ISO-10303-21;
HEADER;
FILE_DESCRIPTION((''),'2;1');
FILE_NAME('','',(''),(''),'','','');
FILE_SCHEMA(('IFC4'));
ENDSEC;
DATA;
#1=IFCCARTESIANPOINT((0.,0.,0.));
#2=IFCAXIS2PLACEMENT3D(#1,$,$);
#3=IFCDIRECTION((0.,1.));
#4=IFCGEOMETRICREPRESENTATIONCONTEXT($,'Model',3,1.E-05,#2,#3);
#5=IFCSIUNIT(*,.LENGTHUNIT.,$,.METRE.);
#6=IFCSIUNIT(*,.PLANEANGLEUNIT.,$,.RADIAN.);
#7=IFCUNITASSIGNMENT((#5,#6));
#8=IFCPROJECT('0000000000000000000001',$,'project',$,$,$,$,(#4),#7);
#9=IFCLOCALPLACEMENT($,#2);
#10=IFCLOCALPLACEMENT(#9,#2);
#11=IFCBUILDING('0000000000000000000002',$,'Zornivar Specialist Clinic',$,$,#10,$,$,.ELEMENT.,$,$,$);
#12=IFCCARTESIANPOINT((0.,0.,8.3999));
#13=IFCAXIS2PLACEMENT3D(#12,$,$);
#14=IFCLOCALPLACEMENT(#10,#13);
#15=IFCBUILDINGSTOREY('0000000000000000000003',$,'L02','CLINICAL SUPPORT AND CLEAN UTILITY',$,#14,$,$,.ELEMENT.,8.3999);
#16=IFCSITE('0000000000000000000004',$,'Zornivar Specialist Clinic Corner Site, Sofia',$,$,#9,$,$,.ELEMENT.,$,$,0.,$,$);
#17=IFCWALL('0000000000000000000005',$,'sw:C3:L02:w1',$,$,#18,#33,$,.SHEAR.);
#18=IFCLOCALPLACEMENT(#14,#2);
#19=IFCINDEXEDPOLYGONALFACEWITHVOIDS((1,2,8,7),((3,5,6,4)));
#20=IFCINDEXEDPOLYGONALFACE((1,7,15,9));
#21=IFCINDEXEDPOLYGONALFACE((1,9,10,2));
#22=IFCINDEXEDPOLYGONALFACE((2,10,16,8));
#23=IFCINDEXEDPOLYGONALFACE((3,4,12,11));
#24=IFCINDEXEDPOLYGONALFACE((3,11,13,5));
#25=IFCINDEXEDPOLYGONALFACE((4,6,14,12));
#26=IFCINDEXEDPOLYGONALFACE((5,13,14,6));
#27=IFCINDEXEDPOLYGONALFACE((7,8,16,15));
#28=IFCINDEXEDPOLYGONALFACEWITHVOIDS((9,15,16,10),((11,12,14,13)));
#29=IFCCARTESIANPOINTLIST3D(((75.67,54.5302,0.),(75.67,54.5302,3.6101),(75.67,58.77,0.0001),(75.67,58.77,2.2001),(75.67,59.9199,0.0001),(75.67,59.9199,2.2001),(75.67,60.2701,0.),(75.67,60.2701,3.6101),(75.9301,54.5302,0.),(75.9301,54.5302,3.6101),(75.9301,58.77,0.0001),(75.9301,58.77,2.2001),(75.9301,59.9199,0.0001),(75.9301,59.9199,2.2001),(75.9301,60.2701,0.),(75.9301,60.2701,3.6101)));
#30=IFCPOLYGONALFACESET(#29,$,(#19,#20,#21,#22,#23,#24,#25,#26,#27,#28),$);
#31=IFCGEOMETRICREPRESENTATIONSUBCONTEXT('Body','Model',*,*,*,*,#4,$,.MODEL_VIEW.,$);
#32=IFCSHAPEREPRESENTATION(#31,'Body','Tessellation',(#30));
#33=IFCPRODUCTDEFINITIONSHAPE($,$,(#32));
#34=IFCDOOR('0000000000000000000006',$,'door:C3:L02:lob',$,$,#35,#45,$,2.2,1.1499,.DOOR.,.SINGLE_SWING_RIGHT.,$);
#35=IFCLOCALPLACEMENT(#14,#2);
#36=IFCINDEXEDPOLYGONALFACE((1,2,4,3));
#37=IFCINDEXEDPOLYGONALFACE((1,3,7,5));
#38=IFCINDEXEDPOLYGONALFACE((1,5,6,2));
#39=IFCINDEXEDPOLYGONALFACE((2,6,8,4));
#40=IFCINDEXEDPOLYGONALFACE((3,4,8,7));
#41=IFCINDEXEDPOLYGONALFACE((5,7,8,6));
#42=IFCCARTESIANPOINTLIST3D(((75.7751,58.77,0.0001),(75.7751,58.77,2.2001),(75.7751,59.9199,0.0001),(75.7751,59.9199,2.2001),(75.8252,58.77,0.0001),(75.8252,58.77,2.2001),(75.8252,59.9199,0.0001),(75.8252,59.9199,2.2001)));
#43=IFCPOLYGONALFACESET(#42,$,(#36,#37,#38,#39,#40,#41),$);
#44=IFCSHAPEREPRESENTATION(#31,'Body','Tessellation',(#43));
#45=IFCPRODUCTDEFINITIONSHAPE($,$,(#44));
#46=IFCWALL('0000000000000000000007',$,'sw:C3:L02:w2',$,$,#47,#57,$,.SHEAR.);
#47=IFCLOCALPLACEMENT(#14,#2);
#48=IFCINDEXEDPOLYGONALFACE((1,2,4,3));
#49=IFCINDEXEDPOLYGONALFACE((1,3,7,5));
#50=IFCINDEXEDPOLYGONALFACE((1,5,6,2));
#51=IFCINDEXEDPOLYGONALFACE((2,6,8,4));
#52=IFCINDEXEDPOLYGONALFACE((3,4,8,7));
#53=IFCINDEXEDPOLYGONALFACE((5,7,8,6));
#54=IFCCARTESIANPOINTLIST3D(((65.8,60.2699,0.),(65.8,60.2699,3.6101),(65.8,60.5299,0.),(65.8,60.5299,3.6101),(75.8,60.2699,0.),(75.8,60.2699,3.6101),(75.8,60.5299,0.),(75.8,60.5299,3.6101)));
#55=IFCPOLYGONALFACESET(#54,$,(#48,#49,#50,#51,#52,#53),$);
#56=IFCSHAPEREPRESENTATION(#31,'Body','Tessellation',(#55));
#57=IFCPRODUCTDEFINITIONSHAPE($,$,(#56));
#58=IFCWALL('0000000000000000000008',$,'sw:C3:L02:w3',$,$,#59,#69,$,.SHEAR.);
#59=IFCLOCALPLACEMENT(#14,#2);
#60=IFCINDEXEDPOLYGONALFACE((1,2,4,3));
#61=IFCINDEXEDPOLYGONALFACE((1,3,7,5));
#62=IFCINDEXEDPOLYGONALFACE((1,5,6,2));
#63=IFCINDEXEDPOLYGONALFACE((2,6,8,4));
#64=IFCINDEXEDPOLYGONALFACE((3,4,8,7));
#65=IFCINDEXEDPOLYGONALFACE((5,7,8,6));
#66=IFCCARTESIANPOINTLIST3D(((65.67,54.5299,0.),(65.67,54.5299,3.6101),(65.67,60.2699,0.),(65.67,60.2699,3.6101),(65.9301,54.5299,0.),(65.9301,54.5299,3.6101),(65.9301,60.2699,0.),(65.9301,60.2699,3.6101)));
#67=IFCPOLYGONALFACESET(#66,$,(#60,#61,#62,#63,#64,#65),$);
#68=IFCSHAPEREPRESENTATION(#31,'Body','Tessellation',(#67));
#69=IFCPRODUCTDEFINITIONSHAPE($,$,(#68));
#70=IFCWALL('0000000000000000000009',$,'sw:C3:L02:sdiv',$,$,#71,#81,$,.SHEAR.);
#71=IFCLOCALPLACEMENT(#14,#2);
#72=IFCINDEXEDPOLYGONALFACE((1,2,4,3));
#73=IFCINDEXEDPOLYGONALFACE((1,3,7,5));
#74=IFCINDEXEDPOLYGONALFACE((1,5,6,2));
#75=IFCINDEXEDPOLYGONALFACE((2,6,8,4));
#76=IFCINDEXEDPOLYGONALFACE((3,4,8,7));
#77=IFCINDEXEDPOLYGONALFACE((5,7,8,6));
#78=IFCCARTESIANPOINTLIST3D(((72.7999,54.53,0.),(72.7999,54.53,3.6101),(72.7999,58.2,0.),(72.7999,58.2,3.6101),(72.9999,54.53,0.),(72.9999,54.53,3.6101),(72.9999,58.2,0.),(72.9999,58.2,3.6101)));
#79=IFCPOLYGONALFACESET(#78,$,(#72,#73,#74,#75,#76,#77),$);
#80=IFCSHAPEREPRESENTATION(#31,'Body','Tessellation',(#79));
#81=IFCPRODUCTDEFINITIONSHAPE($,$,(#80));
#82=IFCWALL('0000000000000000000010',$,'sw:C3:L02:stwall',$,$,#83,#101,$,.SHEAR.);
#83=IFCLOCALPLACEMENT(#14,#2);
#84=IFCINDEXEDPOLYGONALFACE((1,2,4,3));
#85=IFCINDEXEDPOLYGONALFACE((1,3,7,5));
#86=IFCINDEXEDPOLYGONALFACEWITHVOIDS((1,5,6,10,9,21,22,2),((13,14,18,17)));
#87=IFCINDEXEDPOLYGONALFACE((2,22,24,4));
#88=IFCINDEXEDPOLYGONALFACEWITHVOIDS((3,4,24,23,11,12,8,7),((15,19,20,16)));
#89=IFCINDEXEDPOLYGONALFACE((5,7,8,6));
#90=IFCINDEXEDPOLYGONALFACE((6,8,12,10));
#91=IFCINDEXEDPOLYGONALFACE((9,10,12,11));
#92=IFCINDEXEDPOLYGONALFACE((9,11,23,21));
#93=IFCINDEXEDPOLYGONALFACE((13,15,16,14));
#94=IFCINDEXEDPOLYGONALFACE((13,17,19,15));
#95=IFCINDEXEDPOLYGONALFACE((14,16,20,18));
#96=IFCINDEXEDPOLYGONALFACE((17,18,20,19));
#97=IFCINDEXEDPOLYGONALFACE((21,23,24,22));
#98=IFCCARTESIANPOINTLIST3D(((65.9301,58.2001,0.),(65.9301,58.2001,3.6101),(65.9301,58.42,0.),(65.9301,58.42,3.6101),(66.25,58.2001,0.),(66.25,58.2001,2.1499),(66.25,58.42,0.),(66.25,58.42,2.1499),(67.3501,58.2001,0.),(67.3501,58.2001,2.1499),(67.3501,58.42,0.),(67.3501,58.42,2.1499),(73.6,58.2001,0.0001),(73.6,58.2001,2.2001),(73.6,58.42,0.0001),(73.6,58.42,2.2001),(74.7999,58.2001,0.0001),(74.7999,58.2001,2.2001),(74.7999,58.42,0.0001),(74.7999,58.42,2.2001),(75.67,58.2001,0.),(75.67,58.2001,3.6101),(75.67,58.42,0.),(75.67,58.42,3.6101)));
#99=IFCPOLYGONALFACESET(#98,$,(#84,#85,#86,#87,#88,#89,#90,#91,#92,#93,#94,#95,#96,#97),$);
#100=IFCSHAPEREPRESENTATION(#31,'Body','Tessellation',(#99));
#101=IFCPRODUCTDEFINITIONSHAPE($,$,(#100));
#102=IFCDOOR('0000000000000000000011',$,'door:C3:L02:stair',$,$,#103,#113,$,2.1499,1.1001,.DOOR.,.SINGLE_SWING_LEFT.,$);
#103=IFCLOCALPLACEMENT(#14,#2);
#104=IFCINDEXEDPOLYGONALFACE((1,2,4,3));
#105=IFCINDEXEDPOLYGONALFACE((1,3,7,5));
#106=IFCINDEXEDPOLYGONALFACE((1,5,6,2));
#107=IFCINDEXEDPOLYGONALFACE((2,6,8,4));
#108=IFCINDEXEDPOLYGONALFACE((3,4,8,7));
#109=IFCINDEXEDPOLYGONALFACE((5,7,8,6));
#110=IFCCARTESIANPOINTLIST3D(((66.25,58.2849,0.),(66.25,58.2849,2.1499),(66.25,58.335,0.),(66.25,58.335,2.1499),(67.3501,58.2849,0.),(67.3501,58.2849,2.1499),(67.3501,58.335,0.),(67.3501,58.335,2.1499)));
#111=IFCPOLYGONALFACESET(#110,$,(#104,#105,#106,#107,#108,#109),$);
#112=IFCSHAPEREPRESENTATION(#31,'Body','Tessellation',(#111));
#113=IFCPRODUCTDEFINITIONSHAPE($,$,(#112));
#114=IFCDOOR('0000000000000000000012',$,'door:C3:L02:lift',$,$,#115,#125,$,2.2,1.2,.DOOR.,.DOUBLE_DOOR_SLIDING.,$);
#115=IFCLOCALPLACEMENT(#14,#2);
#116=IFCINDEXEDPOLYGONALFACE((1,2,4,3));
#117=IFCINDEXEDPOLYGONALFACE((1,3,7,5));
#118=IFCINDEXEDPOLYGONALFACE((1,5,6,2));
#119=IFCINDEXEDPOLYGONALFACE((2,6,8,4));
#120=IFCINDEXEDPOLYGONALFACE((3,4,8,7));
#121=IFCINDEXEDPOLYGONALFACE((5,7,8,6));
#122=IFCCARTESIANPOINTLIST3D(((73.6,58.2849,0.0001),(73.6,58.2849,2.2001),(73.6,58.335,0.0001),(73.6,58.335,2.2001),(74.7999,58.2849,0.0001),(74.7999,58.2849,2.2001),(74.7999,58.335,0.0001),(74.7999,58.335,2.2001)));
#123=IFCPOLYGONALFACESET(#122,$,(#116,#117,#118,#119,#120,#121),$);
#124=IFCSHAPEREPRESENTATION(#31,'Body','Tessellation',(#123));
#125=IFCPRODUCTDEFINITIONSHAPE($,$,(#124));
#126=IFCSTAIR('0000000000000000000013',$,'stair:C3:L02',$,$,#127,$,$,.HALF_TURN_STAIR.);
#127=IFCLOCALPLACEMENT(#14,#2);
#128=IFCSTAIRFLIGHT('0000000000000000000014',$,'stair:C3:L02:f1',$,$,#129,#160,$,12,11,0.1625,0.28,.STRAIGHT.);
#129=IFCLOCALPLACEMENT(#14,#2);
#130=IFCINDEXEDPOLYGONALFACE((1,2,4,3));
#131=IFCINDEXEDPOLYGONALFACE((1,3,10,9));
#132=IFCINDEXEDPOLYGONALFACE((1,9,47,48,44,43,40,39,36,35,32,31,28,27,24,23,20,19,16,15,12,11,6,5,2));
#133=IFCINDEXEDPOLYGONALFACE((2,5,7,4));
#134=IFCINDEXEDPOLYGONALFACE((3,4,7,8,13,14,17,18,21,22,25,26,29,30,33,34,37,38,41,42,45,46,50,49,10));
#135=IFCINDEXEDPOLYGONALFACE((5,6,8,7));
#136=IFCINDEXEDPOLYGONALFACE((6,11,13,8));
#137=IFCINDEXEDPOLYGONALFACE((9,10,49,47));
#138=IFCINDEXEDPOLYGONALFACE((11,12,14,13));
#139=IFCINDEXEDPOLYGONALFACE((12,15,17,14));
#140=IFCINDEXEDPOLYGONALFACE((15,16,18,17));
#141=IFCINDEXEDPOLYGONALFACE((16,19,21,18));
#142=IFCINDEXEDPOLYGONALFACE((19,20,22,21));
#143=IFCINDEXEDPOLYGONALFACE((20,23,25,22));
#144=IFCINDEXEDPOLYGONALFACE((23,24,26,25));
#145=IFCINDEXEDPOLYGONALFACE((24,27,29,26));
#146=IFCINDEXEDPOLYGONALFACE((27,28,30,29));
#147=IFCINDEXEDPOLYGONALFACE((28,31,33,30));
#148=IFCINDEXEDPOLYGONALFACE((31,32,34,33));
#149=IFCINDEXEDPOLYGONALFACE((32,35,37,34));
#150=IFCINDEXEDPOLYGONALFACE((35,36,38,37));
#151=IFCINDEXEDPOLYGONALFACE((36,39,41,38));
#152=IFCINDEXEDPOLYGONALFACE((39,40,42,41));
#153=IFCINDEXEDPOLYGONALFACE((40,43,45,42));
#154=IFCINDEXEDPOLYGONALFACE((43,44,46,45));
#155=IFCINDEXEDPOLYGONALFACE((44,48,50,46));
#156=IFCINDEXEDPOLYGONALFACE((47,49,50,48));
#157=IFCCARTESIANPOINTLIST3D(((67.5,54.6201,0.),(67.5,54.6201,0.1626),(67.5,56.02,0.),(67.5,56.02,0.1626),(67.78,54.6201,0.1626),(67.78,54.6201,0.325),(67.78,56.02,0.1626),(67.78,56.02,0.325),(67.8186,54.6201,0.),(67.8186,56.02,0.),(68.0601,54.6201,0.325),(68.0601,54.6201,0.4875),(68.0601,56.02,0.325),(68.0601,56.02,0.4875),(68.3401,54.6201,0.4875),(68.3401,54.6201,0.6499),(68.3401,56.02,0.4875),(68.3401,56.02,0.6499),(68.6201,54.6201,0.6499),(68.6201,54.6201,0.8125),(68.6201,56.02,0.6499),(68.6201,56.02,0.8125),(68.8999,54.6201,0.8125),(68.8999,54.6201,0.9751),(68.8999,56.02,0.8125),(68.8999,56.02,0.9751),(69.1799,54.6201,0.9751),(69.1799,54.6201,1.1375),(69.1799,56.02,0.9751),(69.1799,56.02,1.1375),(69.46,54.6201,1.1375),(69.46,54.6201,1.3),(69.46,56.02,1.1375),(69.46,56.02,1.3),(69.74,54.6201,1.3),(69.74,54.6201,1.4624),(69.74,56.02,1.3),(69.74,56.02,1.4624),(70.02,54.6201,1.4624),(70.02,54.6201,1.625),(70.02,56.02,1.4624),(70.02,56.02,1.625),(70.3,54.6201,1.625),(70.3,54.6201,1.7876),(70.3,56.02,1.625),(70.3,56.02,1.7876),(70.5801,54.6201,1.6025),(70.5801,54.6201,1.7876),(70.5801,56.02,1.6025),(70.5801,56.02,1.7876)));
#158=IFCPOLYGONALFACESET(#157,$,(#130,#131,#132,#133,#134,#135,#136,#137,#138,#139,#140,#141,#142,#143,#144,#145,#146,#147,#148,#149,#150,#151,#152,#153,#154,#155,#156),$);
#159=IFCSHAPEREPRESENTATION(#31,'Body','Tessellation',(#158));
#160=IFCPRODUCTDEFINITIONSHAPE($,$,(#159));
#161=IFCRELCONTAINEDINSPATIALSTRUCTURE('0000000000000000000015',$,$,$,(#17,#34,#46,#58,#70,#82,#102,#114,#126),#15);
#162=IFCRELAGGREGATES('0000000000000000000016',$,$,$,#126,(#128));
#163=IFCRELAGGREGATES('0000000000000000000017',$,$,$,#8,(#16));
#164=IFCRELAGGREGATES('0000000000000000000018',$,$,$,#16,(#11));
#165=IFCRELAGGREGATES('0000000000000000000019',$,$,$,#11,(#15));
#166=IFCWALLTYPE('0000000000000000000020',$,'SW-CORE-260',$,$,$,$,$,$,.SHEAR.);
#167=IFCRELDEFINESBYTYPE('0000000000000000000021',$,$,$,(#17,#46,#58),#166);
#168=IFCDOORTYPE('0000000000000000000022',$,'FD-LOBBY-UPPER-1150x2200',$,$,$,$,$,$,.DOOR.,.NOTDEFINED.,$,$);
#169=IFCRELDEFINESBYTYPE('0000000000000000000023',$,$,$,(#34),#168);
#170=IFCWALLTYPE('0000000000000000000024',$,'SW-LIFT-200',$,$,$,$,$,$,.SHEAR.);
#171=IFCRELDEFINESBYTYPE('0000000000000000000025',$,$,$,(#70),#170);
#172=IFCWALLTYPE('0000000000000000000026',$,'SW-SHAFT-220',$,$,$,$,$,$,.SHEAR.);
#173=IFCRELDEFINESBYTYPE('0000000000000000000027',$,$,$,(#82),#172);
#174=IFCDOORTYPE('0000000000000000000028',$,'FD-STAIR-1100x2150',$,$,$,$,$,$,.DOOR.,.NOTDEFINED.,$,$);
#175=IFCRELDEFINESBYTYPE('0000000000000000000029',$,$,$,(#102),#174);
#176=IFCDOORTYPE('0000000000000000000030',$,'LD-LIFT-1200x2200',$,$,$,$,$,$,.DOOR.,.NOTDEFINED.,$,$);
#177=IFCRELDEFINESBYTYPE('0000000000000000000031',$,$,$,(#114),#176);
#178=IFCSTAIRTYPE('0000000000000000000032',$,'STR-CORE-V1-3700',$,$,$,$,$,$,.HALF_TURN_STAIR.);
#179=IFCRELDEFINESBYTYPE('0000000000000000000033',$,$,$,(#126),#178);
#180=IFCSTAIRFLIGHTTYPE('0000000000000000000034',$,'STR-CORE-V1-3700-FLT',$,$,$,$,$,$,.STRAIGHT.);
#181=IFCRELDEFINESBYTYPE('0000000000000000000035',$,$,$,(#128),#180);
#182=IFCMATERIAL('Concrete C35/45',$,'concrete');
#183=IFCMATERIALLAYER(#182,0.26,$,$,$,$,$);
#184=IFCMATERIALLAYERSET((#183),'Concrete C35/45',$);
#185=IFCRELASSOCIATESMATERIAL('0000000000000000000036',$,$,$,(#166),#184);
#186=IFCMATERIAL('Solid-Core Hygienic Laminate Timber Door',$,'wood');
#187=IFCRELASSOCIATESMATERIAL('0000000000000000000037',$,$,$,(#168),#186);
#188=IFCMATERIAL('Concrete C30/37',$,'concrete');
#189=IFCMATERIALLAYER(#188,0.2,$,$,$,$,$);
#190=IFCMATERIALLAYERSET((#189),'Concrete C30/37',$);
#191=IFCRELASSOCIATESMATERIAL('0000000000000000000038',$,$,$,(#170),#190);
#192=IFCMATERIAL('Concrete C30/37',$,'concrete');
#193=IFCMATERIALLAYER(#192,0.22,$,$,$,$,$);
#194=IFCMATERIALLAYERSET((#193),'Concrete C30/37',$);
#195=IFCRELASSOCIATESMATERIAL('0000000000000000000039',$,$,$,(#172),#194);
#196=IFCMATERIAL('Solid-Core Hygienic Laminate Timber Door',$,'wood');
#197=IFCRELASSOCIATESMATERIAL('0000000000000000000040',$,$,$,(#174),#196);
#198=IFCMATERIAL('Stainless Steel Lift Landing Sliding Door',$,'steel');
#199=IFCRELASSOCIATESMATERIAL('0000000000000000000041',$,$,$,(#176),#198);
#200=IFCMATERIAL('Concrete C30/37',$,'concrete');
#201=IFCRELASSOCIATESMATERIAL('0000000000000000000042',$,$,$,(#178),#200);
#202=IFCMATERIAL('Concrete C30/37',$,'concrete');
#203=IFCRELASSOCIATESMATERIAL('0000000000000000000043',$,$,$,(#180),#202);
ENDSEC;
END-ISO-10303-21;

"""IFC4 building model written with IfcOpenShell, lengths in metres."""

from ifc_helpers import new_model, si_unit, direction, frame, frame_2d, origin, place, context, subcontext, project, spatial, polyline, rectangle, outline, extrude, material, layer, layer_set, type_object, element, fill, aggregate, save


model = new_model("IFC4")

# Units and contexts
model_context = context("Model", 3, precision=1e-05, world=origin(), true_north=direction((0.0, 1.0)))
body_context = subcontext(model_context, "Body", "Model", "MODEL_VIEW")
ifc_project = project(units=[si_unit("LENGTHUNIT", "METRE"), si_unit("PLANEANGLEUNIT", "RADIAN")], contexts=[model_context])

# Site, building, storey
site_placement = place(None, origin())
site = spatial("IfcSite", under=ifc_project, at=site_placement, Name="Zornivar Specialist Clinic Corner Site, Sofia", CompositionType="ELEMENT", RefElevation=0.0)
building_placement = place(site_placement, origin())
building = spatial("IfcBuilding", under=site, at=building_placement, Name="Zornivar Specialist Clinic", CompositionType="ELEMENT")
storey_placement = place(building_placement, frame((0.0, 0.0, 8.3999)))
storey = spatial("IfcBuildingStorey", under=building, at=storey_placement, Name="L02", Description="CLINICAL SUPPORT AND CLEAN UTILITY", CompositionType="ELEMENT", Elevation=8.3999)

# Wall, opening, door
ifc_material_1 = material(Name="Concrete C35/45", Category="concrete")
ifc_layer_1 = layer(ifc_material_1, 0.26)
ifc_layer_set_1 = layer_set([ifc_layer_1], Name="Concrete C35/45")
wall_type_1 = type_object("IfcWallType", Name="SW-CORE-260", PredefinedType="SHEAR", material=ifc_layer_set_1)
wall_1_placement = place(storey_placement, frame((75.8, 54.53, 0.0), z_axis=(0.0, 0.0, 1.0), x_axis=(0.0, 1.0, 0.0)))
wall_1 = element("IfcWall", 1, at=wall_1_placement, inside=storey, type_object=wall_type_1, Name="sw:C3:L02:w1", PredefinedType="SHEAR", context=body_context, shape_type="SweptSolid", body=[
    extrude(rectangle(XDim=5.74, YDim=0.26, at=frame_2d((2.8701, 0.0))), origin(), (0.0, 0.0, 1.0), 3.6101),
])
opening_1_placement = place(wall_1_placement, frame((4.24, 0.0, 0.0)))
opening_1 = element("IfcOpeningElement", 2, at=opening_1_placement, cuts=wall_1, PredefinedType="OPENING", context=body_context, shape_type="SweptSolid", body=[
    extrude(rectangle(XDim=1.1499, YDim=2.2, at=frame_2d((0.575, 1.1001))), frame((0.0, 0.1399, 0.0), z_axis=(0.0, -1.0, 0.0), x_axis=(1.0, 0.0, 0.0)), (0.0, 0.0, 1.0), 0.28),
])
ifc_material_2 = material(Name="Solid-Core Hygienic Laminate Timber Door", Category="wood")
door_type_1 = type_object("IfcDoorType", Name="FD-LOBBY-UPPER-1150x2200", OperationType="NOTDEFINED", PredefinedType="DOOR", material=ifc_material_2)
door_1_placement = place(opening_1_placement, origin())
door_1 = element("IfcDoor", 3, at=door_1_placement, inside=storey, type_object=door_type_1, Name="door:C3:L02:lob", OperationType="SINGLE_SWING_RIGHT", OverallHeight=2.2, OverallWidth=1.1499, PredefinedType="DOOR", context=body_context, shape_type="SweptSolid", body=[
    extrude(rectangle(XDim=1.1499, YDim=2.2, at=frame_2d((0.575, 1.1001))), frame((0.0, 0.0249, 0.0), z_axis=(0.0, -1.0, 0.0), x_axis=(1.0, 0.0, 0.0)), (0.0, 0.0, 1.0), 0.05),
])
fill(opening_1, door_1)

# Walls
wall_2_placement = place(storey_placement, frame((75.8, 60.3999, 0.0), z_axis=(0.0, 0.0, 1.0), x_axis=(-1.0, 0.0, 0.0)))
element("IfcWall", 4, at=wall_2_placement, inside=storey, type_object=wall_type_1, Name="sw:C3:L02:w2", PredefinedType="SHEAR", context=body_context, shape_type="SweptSolid", body=[
    extrude(rectangle(XDim=10.0, YDim=0.26, at=frame_2d((5.0, 0.0))), origin(), (0.0, 0.0, 1.0), 3.6101),
])
wall_3_placement = place(storey_placement, frame((65.8, 60.27, 0.0), z_axis=(0.0, 0.0, 1.0), x_axis=(0.0, -1.0, 0.0)))
element("IfcWall", 5, at=wall_3_placement, inside=storey, type_object=wall_type_1, Name="sw:C3:L02:w3", PredefinedType="SHEAR", context=body_context, shape_type="SweptSolid", body=[
    extrude(rectangle(XDim=5.74, YDim=0.26, at=frame_2d((2.8701, 0.0))), origin(), (0.0, 0.0, 1.0), 3.6101),
])
ifc_material_3 = material(Name="Concrete C30/37", Category="concrete")
ifc_layer_2 = layer(ifc_material_3, 0.2)
ifc_layer_set_2 = layer_set([ifc_layer_2], Name="Concrete C30/37")
wall_type_2 = type_object("IfcWallType", Name="SW-LIFT-200", PredefinedType="SHEAR", material=ifc_layer_set_2)
wall_4_placement = place(storey_placement, frame((72.8999, 54.53, 0.0), z_axis=(0.0, 0.0, 1.0), x_axis=(0.0, 1.0, 0.0)))
element("IfcWall", 6, at=wall_4_placement, inside=storey, type_object=wall_type_2, Name="sw:C3:L02:sdiv", PredefinedType="SHEAR", context=body_context, shape_type="SweptSolid", body=[
    extrude(rectangle(XDim=3.6699, YDim=0.2, at=frame_2d((1.835, 0.0))), origin(), (0.0, 0.0, 1.0), 3.6101),
])

# Wall, openings, doors
ifc_material_4 = material(Name="Concrete C30/37", Category="concrete")
ifc_layer_3 = layer(ifc_material_4, 0.22)
ifc_layer_set_3 = layer_set([ifc_layer_3], Name="Concrete C30/37")
wall_type_3 = type_object("IfcWallType", Name="SW-SHAFT-220", PredefinedType="SHEAR", material=ifc_layer_set_3)
wall_5_placement = place(storey_placement, frame((65.9299, 58.3101, 0.0), z_axis=(0.0, 0.0, 1.0), x_axis=(1.0, 0.0, 0.0)))
wall_5 = element("IfcWall", 7, at=wall_5_placement, inside=storey, type_object=wall_type_3, Name="sw:C3:L02:stwall", PredefinedType="SHEAR", context=body_context, shape_type="SweptSolid", body=[
    extrude(rectangle(XDim=9.74, YDim=0.22, at=frame_2d((4.8701, 0.0))), origin(), (0.0, 0.0, 1.0), 3.6101),
])
opening_2_placement = place(wall_5_placement, frame((0.3201, 0.0, 0.0)))
opening_2 = element("IfcOpeningElement", 8, at=opening_2_placement, cuts=wall_5, PredefinedType="OPENING", context=body_context, shape_type="SweptSolid", body=[
    extrude(rectangle(XDim=1.1001, YDim=2.1499, at=frame_2d((0.55, 1.075))), frame((0.0, 0.1199, 0.0), z_axis=(0.0, -1.0, 0.0), x_axis=(1.0, 0.0, 0.0)), (0.0, 0.0, 1.0), 0.24),
])
opening_3_placement = place(wall_5_placement, frame((7.6699, 0.0, 0.0)))
opening_3 = element("IfcOpeningElement", 9, at=opening_3_placement, cuts=wall_5, PredefinedType="OPENING", context=body_context, shape_type="SweptSolid", body=[
    extrude(rectangle(XDim=1.2, YDim=2.2, at=frame_2d((0.6001, 1.1001))), frame((0.0, 0.1199, 0.0), z_axis=(0.0, -1.0, 0.0), x_axis=(1.0, 0.0, 0.0)), (0.0, 0.0, 1.0), 0.24),
])
ifc_material_5 = material(Name="Solid-Core Hygienic Laminate Timber Door", Category="wood")
door_type_2 = type_object("IfcDoorType", Name="FD-STAIR-1100x2150", OperationType="NOTDEFINED", PredefinedType="DOOR", material=ifc_material_5)
door_2_placement = place(opening_2_placement, origin())
door_2 = element("IfcDoor", 10, at=door_2_placement, inside=storey, type_object=door_type_2, Name="door:C3:L02:stair", OperationType="SINGLE_SWING_LEFT", OverallHeight=2.1499, OverallWidth=1.1001, PredefinedType="DOOR", context=body_context, shape_type="SweptSolid", body=[
    extrude(rectangle(XDim=1.1001, YDim=2.1499, at=frame_2d((0.55, 1.075))), frame((0.0, 0.0249, 0.0), z_axis=(0.0, -1.0, 0.0), x_axis=(1.0, 0.0, 0.0)), (0.0, 0.0, 1.0), 0.05),
])
fill(opening_2, door_2)
ifc_material_6 = material(Name="Stainless Steel Lift Landing Sliding Door", Category="steel")
door_type_3 = type_object("IfcDoorType", Name="LD-LIFT-1200x2200", OperationType="NOTDEFINED", PredefinedType="DOOR", material=ifc_material_6)
door_3_placement = place(opening_3_placement, origin())
door_3 = element("IfcDoor", 11, at=door_3_placement, inside=storey, type_object=door_type_3, Name="door:C3:L02:lift", OperationType="DOUBLE_DOOR_SLIDING", OverallHeight=2.2, OverallWidth=1.2, PredefinedType="DOOR", context=body_context, shape_type="SweptSolid", body=[
    extrude(rectangle(XDim=1.2, YDim=2.2, at=frame_2d((0.6001, 1.1001))), frame((0.0, 0.0249, 0.0), z_axis=(0.0, -1.0, 0.0), x_axis=(1.0, 0.0, 0.0)), (0.0, 0.0, 1.0), 0.05),
])
fill(opening_3, door_3)

# Stair, stair flight
ifc_material_7 = material(Name="Concrete C30/37", Category="concrete")
stair_type = type_object("IfcStairType", Name="STR-CORE-V1-3700", PredefinedType="HALF_TURN_STAIR", material=ifc_material_7)
stair_placement = place(storey_placement, origin())
stair = element("IfcStair", 12, at=stair_placement, inside=storey, type_object=stair_type, Name="stair:C3:L02", PredefinedType="HALF_TURN_STAIR")
ifc_material_8 = material(Name="Concrete C30/37", Category="concrete")
stair_flight_type = type_object("IfcStairFlightType", Name="STR-CORE-V1-3700-FLT", PredefinedType="STRAIGHT", material=ifc_material_8)
stair_flight_1_placement = place(storey_placement, frame((67.5, 55.3201, 0.0), z_axis=(0.0, 0.0, 1.0), x_axis=(1.0, 0.0, 0.0)))
stair_flight_1 = element("IfcStairFlight", 13, at=stair_flight_1_placement, type_object=stair_flight_type, Name="stair:C3:L02:f1", NumberOfRisers=12, NumberOfTreads=11, PredefinedType="STRAIGHT", RiserHeight=0.1625, TreadLength=0.28, context=body_context, shape_type="SweptSolid", body=[
    extrude(outline(polyline([(0.0, 0.0), (0.0, 0.1626), (0.28, 0.1626), (0.28, 0.325), (0.5601, 0.325), (0.5601, 0.4875), (0.8401, 0.4875), (0.8401, 0.6499), (1.1201, 0.6499), (1.1201, 0.8125), (1.3999, 0.8125), (1.3999, 0.9751), (1.6799, 0.9751), (1.6799, 1.1375), (1.96, 1.1375), (1.96, 1.3), (2.24, 1.3), (2.24, 1.4624), (2.52, 1.4624), (2.52, 1.625), (2.8, 1.625), (2.8, 1.7876), (3.0801, 1.7876), (3.0801, 1.95), (3.0801, 1.6025), (0.3186, 0.0), (0.0, 0.0)])), frame((0.0, 0.7, 0.0), z_axis=(0.0, -1.0, 0.0), x_axis=(1.0, 0.0, 0.0)), (0.0, 0.0, 1.0), 1.3999),
])
aggregate(stair, [stair_flight_1])

save(model, "model.ifc")
